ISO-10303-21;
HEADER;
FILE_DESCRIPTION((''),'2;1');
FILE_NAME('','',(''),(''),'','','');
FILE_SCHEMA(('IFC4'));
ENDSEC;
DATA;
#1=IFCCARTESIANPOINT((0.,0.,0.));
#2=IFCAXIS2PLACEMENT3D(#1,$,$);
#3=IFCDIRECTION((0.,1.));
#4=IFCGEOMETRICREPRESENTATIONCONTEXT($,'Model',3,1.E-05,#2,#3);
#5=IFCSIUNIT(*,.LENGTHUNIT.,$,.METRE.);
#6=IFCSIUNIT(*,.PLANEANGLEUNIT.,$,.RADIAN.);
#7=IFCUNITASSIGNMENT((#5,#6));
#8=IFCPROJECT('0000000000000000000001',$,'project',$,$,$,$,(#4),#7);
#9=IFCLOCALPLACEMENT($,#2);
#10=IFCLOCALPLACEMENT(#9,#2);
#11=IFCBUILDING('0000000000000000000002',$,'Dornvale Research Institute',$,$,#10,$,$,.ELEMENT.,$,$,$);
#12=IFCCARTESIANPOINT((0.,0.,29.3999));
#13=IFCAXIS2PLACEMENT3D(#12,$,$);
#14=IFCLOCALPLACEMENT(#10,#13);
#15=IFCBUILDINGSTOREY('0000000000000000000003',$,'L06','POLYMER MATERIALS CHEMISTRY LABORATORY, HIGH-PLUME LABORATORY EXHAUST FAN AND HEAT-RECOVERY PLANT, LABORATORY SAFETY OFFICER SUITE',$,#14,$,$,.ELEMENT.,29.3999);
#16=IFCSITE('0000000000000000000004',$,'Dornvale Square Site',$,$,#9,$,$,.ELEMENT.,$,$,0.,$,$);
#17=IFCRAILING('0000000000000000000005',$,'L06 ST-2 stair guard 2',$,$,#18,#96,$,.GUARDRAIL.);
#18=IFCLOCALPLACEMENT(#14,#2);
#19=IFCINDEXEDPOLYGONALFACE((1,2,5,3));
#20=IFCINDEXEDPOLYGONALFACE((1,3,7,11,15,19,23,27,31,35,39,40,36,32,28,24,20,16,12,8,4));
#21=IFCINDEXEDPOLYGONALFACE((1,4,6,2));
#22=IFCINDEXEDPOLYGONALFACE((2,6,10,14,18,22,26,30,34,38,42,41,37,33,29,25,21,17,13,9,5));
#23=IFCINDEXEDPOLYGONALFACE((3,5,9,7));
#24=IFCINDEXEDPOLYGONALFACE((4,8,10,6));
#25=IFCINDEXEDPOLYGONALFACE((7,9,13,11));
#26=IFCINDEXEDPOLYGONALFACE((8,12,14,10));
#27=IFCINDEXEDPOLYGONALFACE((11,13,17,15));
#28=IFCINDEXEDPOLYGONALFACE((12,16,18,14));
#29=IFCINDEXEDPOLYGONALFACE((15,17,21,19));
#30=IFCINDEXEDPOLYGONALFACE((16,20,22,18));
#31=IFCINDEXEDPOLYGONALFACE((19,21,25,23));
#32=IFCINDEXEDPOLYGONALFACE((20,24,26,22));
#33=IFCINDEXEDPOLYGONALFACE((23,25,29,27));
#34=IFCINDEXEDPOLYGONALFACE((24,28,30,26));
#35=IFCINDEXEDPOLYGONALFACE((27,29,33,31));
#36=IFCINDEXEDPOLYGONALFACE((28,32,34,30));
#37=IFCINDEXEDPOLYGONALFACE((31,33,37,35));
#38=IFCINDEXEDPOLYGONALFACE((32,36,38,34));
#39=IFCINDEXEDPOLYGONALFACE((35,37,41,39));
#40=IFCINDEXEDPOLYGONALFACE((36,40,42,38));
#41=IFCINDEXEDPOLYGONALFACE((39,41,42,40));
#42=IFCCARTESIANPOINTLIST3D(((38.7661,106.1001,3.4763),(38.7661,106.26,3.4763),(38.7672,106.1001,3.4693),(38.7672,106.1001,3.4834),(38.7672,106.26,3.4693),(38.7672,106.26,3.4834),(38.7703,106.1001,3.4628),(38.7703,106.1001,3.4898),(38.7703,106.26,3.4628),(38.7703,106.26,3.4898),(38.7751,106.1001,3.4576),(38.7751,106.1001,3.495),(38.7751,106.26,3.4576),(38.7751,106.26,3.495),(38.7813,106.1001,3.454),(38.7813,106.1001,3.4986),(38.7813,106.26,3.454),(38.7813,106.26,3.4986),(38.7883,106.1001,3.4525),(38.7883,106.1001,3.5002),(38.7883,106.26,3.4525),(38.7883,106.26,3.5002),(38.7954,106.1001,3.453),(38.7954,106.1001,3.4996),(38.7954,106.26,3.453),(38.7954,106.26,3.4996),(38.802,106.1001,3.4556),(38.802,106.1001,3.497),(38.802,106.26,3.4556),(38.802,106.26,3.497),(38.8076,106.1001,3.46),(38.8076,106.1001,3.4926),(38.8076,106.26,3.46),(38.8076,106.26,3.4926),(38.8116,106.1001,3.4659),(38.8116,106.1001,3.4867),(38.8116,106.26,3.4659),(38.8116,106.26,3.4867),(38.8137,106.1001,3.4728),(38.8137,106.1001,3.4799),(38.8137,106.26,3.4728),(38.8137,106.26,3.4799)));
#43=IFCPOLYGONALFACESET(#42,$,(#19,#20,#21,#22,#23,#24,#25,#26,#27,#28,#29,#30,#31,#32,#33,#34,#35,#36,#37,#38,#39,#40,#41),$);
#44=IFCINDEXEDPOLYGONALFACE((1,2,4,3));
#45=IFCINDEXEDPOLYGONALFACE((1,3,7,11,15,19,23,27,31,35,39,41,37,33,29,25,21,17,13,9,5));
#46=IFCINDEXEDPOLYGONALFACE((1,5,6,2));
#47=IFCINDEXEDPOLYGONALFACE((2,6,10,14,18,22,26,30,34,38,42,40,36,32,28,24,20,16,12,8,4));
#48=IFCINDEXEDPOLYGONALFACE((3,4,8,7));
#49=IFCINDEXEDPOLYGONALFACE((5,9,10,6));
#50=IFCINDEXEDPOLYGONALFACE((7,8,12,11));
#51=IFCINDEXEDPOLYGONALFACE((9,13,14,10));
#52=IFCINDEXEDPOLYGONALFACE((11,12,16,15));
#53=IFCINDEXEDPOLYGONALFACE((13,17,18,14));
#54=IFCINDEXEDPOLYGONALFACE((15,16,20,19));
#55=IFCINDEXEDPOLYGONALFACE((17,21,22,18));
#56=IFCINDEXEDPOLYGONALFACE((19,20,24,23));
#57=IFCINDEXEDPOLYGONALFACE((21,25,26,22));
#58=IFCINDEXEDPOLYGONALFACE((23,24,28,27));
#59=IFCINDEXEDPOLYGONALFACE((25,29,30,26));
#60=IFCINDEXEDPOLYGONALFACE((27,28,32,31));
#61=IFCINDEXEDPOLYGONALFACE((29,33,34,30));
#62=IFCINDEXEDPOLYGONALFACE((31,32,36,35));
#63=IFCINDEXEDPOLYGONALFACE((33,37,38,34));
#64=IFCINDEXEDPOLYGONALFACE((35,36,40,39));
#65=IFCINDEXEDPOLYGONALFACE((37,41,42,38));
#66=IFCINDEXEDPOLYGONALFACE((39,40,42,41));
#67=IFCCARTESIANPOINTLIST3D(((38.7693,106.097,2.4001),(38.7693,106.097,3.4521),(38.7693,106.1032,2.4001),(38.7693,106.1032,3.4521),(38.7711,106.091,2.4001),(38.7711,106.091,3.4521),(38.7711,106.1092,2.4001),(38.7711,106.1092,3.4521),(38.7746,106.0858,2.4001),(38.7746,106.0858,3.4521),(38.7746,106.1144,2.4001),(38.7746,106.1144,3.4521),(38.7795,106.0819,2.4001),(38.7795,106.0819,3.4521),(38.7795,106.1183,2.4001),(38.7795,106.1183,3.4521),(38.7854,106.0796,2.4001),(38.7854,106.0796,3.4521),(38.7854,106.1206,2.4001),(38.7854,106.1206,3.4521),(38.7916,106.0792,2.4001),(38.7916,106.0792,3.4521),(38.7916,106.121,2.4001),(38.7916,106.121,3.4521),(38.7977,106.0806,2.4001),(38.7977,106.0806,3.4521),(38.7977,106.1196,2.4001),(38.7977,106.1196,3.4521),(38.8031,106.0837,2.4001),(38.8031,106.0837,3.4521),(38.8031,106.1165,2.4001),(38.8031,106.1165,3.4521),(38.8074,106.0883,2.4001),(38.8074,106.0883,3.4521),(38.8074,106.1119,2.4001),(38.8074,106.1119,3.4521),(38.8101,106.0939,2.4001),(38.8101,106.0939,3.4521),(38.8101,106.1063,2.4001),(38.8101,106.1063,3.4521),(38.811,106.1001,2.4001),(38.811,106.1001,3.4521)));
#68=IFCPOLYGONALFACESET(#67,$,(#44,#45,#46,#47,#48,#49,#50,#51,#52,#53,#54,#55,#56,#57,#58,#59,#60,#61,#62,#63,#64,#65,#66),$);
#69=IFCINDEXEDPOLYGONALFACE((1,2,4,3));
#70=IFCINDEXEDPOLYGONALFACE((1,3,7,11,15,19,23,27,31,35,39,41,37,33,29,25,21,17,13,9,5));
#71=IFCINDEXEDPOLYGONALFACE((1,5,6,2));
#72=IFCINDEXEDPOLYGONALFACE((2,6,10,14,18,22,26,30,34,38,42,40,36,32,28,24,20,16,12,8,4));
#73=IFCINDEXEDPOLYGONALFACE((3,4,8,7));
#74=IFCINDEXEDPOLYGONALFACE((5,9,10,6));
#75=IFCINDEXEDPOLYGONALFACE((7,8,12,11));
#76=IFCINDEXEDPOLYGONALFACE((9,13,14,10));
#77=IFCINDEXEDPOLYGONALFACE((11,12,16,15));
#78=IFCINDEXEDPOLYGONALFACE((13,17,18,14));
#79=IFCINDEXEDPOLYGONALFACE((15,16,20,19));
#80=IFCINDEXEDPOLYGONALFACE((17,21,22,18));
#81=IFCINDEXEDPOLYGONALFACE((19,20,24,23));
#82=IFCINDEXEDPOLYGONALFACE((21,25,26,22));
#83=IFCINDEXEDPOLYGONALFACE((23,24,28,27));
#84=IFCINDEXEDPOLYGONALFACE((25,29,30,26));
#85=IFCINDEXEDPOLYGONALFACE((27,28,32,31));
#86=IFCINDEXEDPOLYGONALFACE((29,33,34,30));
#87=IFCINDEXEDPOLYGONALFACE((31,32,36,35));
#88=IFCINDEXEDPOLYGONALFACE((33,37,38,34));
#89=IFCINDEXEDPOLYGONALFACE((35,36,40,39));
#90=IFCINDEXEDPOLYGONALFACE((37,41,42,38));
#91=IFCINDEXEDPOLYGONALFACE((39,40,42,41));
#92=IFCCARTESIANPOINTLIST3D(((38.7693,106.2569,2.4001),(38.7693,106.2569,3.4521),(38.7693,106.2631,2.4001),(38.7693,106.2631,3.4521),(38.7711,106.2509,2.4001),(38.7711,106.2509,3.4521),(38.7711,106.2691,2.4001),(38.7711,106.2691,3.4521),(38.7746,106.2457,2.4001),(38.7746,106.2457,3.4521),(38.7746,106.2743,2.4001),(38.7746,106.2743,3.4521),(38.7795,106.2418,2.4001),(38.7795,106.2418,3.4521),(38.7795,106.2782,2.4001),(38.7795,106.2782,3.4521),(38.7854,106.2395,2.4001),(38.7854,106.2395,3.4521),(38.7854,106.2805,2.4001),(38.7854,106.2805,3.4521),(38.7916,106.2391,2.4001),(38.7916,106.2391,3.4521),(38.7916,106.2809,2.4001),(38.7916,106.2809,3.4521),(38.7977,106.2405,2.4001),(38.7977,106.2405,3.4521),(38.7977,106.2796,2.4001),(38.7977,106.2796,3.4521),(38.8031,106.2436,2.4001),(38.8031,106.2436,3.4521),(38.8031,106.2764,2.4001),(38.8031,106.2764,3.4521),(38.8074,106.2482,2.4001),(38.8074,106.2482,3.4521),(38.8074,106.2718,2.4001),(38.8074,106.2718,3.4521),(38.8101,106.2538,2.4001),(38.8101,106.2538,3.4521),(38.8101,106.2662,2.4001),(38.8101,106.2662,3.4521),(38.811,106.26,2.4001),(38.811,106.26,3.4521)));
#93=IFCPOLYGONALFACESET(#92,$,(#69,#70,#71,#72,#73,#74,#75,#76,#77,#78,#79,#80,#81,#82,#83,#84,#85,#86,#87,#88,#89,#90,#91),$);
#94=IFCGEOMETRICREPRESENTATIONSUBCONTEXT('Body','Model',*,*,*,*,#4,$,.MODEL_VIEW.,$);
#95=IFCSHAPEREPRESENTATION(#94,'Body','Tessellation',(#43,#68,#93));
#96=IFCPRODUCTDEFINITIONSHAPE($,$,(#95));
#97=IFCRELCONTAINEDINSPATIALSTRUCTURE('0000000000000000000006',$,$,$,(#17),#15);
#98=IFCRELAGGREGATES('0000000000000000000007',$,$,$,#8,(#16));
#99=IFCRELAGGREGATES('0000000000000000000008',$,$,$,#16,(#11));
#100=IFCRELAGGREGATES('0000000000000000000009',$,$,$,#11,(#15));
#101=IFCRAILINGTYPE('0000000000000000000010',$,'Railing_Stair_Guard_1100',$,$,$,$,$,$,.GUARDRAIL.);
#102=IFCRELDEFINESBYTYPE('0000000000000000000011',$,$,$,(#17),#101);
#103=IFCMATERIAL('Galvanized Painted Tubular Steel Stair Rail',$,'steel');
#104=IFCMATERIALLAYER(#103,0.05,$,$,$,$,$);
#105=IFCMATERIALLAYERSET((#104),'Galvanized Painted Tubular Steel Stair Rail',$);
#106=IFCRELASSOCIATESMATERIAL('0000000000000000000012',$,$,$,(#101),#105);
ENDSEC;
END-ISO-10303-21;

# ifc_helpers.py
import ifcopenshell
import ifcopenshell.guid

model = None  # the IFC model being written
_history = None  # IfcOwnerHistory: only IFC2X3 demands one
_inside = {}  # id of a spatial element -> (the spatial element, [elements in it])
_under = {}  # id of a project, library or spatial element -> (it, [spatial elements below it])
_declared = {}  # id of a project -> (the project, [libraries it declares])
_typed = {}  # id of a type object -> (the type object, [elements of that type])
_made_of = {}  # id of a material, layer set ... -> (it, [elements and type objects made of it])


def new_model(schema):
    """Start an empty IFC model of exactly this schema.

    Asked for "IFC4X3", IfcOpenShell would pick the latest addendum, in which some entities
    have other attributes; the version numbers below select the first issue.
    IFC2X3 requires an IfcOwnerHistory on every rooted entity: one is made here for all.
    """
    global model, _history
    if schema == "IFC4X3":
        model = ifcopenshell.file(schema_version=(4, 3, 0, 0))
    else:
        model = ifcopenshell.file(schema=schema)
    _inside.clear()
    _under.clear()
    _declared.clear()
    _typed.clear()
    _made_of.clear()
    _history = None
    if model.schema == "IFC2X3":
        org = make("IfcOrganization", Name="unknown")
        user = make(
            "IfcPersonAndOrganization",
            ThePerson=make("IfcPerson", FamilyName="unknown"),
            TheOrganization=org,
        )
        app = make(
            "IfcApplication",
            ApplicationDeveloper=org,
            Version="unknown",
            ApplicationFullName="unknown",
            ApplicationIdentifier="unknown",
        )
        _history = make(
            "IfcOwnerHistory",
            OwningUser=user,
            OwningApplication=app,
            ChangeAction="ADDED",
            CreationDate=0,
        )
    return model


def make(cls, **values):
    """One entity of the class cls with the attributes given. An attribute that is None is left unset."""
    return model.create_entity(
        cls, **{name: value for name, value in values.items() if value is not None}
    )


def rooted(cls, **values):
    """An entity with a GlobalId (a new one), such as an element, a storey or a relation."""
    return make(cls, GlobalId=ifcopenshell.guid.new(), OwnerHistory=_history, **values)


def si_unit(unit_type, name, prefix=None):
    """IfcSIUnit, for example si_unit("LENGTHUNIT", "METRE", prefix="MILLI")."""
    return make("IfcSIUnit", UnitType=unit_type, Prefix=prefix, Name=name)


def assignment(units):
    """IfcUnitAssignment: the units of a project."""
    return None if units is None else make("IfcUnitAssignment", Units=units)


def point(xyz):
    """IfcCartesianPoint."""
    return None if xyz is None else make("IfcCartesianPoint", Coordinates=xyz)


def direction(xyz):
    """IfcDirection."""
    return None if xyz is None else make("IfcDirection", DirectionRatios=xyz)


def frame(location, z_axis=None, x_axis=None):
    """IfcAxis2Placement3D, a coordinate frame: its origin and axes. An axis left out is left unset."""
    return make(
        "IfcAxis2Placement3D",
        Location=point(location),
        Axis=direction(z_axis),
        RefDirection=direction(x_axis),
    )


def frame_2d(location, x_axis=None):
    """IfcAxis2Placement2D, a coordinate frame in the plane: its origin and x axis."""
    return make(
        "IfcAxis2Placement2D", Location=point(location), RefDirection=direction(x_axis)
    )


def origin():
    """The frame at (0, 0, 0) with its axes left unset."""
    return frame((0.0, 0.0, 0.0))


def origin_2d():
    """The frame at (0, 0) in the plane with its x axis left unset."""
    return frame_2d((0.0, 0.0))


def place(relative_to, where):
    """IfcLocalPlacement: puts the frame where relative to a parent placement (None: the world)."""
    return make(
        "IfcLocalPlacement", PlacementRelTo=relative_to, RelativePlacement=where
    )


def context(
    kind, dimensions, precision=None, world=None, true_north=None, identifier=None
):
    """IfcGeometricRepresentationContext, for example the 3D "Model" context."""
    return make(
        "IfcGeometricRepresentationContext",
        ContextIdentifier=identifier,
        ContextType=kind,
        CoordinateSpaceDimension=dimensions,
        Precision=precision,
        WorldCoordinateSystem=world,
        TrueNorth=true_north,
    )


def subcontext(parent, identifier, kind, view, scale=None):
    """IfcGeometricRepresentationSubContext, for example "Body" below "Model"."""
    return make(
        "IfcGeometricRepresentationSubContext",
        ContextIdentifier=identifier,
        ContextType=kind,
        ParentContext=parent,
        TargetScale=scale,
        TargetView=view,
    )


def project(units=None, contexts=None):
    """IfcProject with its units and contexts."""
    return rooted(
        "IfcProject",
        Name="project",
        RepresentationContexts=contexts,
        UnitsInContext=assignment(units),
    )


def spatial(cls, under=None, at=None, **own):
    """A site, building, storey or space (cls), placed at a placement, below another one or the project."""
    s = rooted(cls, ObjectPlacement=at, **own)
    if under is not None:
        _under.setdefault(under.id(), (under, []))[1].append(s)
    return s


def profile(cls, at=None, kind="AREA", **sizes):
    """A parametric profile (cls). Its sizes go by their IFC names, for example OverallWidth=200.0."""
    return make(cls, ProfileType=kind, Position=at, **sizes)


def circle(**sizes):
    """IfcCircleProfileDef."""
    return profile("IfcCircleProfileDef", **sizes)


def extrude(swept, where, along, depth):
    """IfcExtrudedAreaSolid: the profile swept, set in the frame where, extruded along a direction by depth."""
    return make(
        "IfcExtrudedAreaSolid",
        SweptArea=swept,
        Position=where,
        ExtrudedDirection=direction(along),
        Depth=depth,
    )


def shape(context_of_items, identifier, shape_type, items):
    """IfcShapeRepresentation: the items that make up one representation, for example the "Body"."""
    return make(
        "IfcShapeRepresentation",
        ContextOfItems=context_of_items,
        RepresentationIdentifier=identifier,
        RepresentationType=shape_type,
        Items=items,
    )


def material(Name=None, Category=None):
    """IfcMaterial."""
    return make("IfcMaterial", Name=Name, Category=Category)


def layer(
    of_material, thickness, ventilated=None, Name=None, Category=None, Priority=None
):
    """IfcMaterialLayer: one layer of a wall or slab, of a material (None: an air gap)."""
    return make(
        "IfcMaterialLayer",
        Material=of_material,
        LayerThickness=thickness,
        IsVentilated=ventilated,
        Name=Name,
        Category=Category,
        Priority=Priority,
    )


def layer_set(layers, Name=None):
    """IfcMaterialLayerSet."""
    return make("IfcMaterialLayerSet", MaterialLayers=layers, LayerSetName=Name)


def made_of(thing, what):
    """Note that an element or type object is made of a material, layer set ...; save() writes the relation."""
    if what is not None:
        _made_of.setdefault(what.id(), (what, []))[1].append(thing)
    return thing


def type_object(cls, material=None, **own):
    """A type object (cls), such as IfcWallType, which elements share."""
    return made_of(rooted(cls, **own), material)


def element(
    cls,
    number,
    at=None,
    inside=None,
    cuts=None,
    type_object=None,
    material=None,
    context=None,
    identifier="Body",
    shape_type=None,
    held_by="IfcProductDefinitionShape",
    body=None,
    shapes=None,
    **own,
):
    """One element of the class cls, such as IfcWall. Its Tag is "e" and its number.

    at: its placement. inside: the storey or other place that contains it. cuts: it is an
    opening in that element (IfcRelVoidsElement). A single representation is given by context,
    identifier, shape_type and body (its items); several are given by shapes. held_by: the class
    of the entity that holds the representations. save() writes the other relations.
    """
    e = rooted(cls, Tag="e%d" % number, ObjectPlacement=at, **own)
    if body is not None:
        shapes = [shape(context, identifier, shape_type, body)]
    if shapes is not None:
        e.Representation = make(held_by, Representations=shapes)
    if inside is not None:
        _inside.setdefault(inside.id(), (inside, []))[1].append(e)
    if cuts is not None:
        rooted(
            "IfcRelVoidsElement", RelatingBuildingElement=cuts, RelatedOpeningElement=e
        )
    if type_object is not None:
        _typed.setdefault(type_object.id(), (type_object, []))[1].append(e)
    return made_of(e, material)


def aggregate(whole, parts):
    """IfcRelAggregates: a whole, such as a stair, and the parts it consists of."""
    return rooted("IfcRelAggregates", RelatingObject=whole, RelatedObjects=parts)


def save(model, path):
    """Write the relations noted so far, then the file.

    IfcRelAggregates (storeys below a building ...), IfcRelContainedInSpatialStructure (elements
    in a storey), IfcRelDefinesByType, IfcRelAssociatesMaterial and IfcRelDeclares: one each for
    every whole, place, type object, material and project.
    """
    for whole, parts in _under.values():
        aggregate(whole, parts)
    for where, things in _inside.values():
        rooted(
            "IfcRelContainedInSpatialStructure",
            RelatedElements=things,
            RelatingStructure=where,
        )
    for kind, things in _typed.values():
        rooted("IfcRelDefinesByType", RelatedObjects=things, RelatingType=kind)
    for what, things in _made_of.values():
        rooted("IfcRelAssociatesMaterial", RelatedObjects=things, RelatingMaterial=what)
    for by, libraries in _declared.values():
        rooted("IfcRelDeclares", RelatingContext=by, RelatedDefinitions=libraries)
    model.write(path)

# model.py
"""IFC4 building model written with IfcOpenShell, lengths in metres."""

from ifc_helpers import new_model, si_unit, direction, frame, origin, origin_2d, place, context, subcontext, project, spatial, circle, extrude, material, layer, layer_set, type_object, element, save


model = new_model("IFC4")

# Units and contexts
model_context = context("Model", 3, precision=1e-05, world=origin(), true_north=direction((0.0, 1.0)))
body_context = subcontext(model_context, "Body", "Model", "MODEL_VIEW")
ifc_project = project(units=[si_unit("LENGTHUNIT", "METRE"), si_unit("PLANEANGLEUNIT", "RADIAN")], contexts=[model_context])

# Site, building, storey
site_placement = place(None, origin())
site = spatial("IfcSite", under=ifc_project, at=site_placement, Name="Dornvale Square Site", CompositionType="ELEMENT", RefElevation=0.0)
building_placement = place(site_placement, origin())
building = spatial("IfcBuilding", under=site, at=building_placement, Name="Dornvale Research Institute", CompositionType="ELEMENT")
storey_placement = place(building_placement, frame((0.0, 0.0, 29.3999)))
storey = spatial("IfcBuildingStorey", under=building, at=storey_placement, Name="L06", Description="POLYMER MATERIALS CHEMISTRY LABORATORY, HIGH-PLUME LABORATORY EXHAUST FAN AND HEAT-RECOVERY PLANT, LABORATORY SAFETY OFFICER SUITE", CompositionType="ELEMENT", Elevation=29.3999)

# Railing
ifc_material_1 = material(Name="Galvanized Painted Tubular Steel Stair Rail", Category="steel")
ifc_layer_1 = layer(ifc_material_1, 0.05)
ifc_layer_set_1 = layer_set([ifc_layer_1], Name="Galvanized Painted Tubular Steel Stair Rail")
railing_type_1 = type_object("IfcRailingType", Name="Railing_Stair_Guard_1100", PredefinedType="GUARDRAIL", material=ifc_layer_set_1)
railing_1_placement = place(storey_placement, frame((38.79, 106.1001, 2.4001)))
element("IfcRailing", 1, at=railing_1_placement, inside=storey, type_object=railing_type_1, Name="L06 ST-2 stair guard 2", PredefinedType="GUARDRAIL", context=body_context, shape_type="SweptSolid", body=[
    extrude(circle(Radius=0.0239, at=origin_2d()), frame((0.0, 0.0, 1.0762), z_axis=(0.0, 1.0, 0.0), x_axis=(-1.0, 0.0, 0.0)), (0.0, 0.0, 1.0), 0.1599),
    extrude(circle(Radius=0.021, at=origin_2d()), origin(), (0.0, 0.0, 1.0), 1.052),
    extrude(circle(Radius=0.021, at=origin_2d()), frame((0.0, 0.1599, 0.0)), (0.0, 0.0, 1.0), 1.052),
])

save(model, "model.ifc")
